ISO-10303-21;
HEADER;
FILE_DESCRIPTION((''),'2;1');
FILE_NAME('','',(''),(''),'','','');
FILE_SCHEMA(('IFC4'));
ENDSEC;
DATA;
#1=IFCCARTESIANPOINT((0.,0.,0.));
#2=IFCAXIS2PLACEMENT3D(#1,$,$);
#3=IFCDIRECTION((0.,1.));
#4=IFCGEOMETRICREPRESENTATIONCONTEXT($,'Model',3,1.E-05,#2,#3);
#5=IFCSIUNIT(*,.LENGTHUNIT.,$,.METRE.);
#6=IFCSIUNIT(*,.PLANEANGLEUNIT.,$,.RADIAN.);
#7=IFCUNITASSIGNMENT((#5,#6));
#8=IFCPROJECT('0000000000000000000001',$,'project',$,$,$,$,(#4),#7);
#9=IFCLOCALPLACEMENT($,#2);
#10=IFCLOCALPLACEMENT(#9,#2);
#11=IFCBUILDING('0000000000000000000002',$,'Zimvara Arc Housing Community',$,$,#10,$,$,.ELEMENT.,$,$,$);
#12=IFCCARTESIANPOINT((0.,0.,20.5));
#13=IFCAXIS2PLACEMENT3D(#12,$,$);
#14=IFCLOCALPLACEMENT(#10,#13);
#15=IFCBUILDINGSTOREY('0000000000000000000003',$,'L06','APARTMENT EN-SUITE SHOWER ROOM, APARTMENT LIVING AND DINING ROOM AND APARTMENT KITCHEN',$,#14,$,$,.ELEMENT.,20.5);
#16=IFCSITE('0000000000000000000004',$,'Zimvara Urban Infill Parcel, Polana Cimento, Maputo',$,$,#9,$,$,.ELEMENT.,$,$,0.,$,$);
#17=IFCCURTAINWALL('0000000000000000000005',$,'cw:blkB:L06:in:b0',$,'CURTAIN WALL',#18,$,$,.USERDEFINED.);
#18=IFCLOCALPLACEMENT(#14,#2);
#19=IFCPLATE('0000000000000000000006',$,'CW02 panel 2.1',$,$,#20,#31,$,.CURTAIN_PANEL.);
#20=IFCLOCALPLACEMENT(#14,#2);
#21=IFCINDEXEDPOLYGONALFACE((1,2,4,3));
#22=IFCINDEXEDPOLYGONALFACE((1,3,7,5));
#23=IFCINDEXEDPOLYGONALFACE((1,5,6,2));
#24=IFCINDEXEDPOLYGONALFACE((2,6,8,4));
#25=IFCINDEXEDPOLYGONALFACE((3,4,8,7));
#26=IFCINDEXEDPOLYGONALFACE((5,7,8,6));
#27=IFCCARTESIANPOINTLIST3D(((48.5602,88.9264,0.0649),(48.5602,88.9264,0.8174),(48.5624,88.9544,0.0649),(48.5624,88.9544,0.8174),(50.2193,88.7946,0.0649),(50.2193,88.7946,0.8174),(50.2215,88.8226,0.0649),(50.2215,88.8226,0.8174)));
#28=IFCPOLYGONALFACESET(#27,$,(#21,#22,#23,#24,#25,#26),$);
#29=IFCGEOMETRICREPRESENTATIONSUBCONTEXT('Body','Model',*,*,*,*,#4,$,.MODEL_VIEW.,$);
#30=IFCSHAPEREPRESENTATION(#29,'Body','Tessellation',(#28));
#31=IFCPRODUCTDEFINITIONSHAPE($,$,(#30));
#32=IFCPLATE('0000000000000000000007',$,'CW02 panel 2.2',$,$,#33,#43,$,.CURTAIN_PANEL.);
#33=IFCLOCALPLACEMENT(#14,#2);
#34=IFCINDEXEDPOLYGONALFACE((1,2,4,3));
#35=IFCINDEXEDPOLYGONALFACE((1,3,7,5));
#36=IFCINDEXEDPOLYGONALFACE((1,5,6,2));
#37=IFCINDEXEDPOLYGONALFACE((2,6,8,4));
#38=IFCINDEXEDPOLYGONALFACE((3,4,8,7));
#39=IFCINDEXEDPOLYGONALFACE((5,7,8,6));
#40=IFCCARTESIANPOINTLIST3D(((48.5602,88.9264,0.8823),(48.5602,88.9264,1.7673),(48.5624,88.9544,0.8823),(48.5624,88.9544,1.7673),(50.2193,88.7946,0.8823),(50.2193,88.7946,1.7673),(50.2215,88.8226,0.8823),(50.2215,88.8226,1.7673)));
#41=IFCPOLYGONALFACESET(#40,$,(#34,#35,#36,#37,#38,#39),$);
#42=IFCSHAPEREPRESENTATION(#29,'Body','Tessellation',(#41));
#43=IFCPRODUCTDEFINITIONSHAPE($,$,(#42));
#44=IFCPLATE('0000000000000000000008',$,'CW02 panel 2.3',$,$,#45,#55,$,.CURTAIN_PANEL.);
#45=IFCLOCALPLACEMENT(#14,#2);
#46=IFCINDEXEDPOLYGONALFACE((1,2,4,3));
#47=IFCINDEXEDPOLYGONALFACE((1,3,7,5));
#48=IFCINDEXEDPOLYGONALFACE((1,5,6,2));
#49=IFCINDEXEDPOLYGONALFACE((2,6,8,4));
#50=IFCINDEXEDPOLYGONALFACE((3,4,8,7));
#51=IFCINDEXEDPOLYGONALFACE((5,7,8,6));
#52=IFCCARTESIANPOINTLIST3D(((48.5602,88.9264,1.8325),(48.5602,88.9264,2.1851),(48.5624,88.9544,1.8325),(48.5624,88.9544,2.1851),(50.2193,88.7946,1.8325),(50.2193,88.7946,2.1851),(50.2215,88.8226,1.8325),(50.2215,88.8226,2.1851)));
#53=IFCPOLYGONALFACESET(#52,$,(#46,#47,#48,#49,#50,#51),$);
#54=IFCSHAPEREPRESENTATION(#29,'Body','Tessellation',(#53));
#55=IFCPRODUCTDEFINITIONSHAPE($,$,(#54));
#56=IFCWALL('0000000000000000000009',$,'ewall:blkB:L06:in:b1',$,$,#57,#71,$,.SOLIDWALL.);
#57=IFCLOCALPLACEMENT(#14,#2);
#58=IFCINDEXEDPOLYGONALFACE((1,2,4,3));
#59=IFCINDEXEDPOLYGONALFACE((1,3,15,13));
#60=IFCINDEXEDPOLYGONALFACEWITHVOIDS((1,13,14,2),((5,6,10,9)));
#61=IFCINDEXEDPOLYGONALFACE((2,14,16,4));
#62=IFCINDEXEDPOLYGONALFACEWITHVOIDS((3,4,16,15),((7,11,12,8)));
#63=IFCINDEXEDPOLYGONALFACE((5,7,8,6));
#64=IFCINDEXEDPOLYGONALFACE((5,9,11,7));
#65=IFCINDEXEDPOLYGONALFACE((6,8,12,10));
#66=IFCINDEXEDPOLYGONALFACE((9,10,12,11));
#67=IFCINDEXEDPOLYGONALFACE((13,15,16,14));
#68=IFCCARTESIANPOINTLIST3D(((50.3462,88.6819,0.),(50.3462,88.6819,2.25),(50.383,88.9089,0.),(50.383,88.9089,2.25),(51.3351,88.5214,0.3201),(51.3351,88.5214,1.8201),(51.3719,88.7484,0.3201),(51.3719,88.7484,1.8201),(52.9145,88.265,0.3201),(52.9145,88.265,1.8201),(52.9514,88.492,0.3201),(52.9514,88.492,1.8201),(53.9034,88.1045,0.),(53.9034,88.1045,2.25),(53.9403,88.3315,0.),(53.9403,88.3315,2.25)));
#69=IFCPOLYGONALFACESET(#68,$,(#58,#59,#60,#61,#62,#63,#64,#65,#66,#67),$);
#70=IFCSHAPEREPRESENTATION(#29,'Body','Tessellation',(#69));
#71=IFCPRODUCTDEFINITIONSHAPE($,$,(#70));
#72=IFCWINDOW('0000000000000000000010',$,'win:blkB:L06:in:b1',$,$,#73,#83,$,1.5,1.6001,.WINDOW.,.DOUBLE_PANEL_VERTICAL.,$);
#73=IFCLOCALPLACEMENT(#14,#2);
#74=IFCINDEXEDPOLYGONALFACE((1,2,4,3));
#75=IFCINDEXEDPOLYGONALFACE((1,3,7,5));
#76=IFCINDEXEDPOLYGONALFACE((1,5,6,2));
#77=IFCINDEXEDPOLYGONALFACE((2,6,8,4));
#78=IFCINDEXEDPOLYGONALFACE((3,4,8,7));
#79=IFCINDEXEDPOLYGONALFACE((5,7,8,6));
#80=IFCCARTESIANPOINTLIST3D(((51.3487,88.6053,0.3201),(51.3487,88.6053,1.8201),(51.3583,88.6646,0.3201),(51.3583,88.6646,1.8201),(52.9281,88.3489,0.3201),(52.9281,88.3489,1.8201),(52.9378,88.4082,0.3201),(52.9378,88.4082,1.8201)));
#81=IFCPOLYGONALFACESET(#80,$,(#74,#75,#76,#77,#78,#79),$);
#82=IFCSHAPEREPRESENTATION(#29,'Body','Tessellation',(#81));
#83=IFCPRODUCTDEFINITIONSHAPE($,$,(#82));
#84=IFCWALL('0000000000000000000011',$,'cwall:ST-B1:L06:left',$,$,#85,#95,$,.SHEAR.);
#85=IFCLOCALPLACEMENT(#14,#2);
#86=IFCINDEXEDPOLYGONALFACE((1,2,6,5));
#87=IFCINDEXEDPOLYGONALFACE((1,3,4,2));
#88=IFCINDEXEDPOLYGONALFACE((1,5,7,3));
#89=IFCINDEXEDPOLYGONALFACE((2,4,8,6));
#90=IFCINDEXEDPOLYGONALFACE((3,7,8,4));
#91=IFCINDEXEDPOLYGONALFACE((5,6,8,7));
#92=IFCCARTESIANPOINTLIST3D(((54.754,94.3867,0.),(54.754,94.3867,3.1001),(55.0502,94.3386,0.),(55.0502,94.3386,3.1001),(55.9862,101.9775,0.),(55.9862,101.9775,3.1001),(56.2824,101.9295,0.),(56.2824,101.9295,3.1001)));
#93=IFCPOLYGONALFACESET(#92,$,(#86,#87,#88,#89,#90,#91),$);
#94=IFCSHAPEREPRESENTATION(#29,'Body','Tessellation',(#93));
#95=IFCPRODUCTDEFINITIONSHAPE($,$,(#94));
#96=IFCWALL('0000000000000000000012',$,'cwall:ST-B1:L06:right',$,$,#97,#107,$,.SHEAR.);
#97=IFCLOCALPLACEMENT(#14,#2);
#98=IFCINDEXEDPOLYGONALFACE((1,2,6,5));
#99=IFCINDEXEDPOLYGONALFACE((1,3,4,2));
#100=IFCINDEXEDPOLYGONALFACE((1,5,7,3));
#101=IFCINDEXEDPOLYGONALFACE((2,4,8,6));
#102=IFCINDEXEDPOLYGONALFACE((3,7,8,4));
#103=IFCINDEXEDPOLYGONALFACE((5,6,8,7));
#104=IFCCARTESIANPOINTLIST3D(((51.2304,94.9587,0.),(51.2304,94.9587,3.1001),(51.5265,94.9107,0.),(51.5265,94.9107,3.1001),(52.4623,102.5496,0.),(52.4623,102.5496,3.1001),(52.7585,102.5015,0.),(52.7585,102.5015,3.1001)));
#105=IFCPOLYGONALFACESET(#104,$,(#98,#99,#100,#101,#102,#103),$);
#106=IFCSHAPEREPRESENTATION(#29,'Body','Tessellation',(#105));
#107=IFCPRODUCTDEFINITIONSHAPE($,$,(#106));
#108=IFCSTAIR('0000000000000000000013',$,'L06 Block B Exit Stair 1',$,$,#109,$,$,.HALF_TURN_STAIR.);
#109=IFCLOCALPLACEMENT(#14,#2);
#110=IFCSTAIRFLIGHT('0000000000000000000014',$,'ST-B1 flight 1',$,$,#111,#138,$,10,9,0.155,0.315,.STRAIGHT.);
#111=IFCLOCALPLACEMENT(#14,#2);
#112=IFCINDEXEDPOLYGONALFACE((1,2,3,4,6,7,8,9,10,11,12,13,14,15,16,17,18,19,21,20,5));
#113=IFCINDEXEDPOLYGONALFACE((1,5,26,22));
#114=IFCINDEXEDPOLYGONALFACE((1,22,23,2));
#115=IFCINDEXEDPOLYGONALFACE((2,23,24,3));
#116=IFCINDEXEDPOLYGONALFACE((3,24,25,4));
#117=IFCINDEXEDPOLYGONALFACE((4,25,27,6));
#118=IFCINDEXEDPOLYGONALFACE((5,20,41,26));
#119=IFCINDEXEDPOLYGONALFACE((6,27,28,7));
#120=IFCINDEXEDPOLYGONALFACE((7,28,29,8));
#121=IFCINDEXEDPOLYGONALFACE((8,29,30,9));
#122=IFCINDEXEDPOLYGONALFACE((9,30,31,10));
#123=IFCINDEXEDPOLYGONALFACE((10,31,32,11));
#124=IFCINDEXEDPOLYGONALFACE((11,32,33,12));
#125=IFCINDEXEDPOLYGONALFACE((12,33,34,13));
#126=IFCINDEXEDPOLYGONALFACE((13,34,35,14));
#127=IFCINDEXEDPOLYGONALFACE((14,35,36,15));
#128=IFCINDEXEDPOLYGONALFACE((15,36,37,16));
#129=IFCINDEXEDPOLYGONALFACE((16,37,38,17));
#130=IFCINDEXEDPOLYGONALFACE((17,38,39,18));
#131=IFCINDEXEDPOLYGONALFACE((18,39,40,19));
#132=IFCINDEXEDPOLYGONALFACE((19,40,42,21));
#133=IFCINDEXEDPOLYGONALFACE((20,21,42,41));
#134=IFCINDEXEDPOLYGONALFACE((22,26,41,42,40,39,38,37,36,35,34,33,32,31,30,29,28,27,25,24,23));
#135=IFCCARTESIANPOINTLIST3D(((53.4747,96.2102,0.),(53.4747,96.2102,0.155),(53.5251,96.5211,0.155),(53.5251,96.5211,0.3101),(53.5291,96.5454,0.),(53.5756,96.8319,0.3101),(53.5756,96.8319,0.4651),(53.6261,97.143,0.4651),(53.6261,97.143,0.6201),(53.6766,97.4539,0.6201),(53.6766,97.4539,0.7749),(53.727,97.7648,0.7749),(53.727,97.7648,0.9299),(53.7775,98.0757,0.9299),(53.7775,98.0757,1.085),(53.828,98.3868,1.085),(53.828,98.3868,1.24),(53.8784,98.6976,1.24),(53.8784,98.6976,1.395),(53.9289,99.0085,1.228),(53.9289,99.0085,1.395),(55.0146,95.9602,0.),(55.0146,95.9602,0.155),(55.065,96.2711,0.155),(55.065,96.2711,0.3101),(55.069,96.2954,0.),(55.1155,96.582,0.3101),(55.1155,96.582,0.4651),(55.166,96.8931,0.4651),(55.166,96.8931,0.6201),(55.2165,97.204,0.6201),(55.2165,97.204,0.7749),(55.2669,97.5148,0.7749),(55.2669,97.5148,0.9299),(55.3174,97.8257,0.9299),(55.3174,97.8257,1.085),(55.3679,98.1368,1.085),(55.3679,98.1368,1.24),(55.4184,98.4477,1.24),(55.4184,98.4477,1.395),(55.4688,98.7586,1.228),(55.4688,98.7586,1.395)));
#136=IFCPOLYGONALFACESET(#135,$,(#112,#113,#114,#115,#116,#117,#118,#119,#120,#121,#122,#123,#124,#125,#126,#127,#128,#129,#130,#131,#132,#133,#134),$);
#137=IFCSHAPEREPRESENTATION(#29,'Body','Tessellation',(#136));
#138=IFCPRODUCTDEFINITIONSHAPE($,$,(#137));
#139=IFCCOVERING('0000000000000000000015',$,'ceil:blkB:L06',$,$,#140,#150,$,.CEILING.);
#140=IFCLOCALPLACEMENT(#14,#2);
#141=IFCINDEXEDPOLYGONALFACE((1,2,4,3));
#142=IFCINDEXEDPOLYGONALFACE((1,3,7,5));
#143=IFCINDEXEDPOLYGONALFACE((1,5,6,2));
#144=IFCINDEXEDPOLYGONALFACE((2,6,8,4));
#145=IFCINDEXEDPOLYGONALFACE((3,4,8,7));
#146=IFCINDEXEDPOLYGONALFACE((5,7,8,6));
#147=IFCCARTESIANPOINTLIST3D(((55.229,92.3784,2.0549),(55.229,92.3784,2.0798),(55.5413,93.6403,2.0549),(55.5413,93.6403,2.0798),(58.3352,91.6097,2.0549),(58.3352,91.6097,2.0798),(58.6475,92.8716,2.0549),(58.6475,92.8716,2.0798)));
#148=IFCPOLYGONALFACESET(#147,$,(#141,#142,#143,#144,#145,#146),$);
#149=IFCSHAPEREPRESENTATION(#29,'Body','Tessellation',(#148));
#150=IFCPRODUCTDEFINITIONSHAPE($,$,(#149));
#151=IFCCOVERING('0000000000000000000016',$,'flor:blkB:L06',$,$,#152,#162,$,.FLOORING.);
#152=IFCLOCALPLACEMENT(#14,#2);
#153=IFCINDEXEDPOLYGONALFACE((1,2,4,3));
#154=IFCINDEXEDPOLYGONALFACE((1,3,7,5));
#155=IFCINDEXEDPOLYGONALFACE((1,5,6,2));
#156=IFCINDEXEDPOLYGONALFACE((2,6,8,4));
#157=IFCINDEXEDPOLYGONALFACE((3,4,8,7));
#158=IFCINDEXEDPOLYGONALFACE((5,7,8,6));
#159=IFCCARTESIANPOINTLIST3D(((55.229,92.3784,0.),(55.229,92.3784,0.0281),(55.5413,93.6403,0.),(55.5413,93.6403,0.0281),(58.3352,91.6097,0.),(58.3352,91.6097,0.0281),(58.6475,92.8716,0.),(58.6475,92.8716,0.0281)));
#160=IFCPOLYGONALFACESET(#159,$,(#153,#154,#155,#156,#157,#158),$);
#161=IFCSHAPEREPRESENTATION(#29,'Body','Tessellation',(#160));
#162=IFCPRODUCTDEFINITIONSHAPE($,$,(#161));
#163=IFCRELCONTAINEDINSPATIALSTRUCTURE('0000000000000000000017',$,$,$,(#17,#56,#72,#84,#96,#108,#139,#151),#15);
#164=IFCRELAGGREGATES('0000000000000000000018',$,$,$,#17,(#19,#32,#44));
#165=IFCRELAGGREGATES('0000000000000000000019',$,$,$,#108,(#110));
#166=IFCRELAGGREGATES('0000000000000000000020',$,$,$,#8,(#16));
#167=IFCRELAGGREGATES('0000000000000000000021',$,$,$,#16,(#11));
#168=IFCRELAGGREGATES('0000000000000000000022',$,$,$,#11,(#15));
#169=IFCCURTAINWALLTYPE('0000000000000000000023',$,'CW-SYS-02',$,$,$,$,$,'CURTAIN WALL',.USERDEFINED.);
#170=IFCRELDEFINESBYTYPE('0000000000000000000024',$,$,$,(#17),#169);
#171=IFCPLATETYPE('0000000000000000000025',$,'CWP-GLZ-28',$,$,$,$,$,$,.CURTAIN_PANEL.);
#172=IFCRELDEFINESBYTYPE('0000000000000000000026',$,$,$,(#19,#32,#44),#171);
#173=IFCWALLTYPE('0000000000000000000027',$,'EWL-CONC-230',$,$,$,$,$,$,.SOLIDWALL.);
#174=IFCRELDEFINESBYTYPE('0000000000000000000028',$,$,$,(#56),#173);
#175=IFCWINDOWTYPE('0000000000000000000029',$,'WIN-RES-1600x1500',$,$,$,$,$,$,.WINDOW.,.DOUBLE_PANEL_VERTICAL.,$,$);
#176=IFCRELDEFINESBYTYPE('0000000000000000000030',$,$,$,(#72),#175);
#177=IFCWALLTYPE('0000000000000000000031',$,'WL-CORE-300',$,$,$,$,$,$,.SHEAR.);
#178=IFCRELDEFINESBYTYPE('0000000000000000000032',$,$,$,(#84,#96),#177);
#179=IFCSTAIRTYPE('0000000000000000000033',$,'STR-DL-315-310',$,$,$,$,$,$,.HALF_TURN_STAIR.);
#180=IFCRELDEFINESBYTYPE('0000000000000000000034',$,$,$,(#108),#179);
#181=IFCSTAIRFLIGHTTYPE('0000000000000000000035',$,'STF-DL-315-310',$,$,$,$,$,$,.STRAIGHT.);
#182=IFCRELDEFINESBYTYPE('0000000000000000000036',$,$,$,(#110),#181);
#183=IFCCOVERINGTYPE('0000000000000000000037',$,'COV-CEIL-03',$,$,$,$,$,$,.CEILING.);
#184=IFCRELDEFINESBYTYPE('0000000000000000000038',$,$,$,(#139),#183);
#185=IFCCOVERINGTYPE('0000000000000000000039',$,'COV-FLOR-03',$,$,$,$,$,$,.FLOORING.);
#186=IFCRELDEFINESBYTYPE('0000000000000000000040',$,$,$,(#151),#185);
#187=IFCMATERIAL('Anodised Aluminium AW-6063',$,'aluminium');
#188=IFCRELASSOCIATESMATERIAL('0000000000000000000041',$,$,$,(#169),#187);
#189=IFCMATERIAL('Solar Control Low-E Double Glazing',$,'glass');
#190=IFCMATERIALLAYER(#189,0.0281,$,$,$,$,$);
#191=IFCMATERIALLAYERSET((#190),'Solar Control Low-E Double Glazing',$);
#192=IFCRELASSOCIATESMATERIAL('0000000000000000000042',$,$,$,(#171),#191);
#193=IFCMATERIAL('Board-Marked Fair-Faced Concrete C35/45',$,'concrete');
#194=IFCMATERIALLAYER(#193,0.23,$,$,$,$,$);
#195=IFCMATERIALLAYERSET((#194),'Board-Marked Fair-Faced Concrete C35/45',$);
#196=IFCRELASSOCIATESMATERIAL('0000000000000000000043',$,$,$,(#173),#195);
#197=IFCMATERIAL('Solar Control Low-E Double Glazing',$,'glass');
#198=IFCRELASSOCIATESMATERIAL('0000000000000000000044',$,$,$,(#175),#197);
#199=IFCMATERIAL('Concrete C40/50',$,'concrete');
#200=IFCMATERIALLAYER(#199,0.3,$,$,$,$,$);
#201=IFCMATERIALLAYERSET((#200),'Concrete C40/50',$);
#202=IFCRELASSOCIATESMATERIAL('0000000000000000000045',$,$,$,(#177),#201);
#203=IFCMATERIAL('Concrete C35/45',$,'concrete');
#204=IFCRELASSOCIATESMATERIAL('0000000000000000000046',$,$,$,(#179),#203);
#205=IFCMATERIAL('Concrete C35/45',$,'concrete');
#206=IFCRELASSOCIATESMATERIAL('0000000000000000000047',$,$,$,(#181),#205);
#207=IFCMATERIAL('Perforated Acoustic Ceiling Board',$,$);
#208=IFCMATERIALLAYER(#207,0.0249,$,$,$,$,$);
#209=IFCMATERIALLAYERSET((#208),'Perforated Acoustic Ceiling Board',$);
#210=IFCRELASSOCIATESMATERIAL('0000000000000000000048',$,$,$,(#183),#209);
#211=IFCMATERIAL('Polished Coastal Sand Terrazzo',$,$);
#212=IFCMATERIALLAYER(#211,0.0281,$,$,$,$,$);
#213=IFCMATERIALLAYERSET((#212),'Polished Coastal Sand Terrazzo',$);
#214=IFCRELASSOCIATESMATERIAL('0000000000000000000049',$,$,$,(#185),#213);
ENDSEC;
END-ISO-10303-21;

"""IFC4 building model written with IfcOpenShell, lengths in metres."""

from ifc_helpers import new_model, si_unit, direction, frame, frame_2d, origin, origin_2d, place, context, subcontext, project, spatial, polyline, rectangle, outline, extrude, material, layer, layer_set, type_object, element, fill, aggregate, save


model = new_model("IFC4")

# Units and contexts
model_context = context("Model", 3, precision=1e-05, world=origin(), true_north=direction((0.0, 1.0)))
body_context = subcontext(model_context, "Body", "Model", "MODEL_VIEW")
ifc_project = project(units=[si_unit("LENGTHUNIT", "METRE"), si_unit("PLANEANGLEUNIT", "RADIAN")], contexts=[model_context])

# Site, building, storey
site_placement = place(None, origin())
site = spatial("IfcSite", under=ifc_project, at=site_placement, Name="Zimvara Urban Infill Parcel, Polana Cimento, Maputo", CompositionType="ELEMENT", RefElevation=0.0)
building_placement = place(site_placement, origin())
building = spatial("IfcBuilding", under=site, at=building_placement, Name="Zimvara Arc Housing Community", CompositionType="ELEMENT")
storey_placement = place(building_placement, frame((0.0, 0.0, 20.5)))
storey = spatial("IfcBuildingStorey", under=building, at=storey_placement, Name="L06", Description="APARTMENT EN-SUITE SHOWER ROOM, APARTMENT LIVING AND DINING ROOM AND APARTMENT KITCHEN", CompositionType="ELEMENT", Elevation=20.5)

# Curtain wall, plates
ifc_material_1 = material(Name="Anodised Aluminium AW-6063", Category="aluminium")
curtain_wall_type = type_object("IfcCurtainWallType", Name="CW-SYS-02", ElementType="CURTAIN WALL", PredefinedType="USERDEFINED", material=ifc_material_1)
curtain_wall_placement = place(storey_placement, origin())
curtain_wall = element("IfcCurtainWall", 1, at=curtain_wall_placement, inside=storey, type_object=curtain_wall_type, Name="cw:blkB:L06:in:b0", ObjectType="CURTAIN WALL", PredefinedType="USERDEFINED")
ifc_material_2 = material(Name="Solar Control Low-E Double Glazing", Category="glass")
ifc_layer_1 = layer(ifc_material_2, 0.0281)
ifc_layer_set_1 = layer_set([ifc_layer_1], Name="Solar Control Low-E Double Glazing")
plate_type = type_object("IfcPlateType", Name="CWP-GLZ-28", PredefinedType="CURTAIN_PANEL", material=ifc_layer_set_1)
plate_1_placement = place(storey_placement, frame((49.3909, 88.8745, 0.0649), z_axis=(0.0, 0.0, 1.0), x_axis=(0.996862, -0.079155, 0.0)))
plate_1 = element("IfcPlate", 2, at=plate_1_placement, type_object=plate_type, Name="CW02 panel 2.1", PredefinedType="CURTAIN_PANEL", context=body_context, shape_type="SweptSolid", body=[
    extrude(rectangle(XDim=1.6643, YDim=0.0281, at=origin_2d()), origin(), (0.0, 0.0, 1.0), 0.7524),
])
plate_2_placement = place(storey_placement, frame((49.3909, 88.8745, 0.8823), z_axis=(0.0, 0.0, 1.0), x_axis=(0.996862, -0.079155, 0.0)))
plate_2 = element("IfcPlate", 3, at=plate_2_placement, type_object=plate_type, Name="CW02 panel 2.2", PredefinedType="CURTAIN_PANEL", context=body_context, shape_type="SweptSolid", body=[
    extrude(rectangle(XDim=1.6643, YDim=0.0281, at=origin_2d()), origin(), (0.0, 0.0, 1.0), 0.885),
])
plate_3_placement = place(storey_placement, frame((49.3909, 88.8745, 1.8325), z_axis=(0.0, 0.0, 1.0), x_axis=(0.996862, -0.079155, 0.0)))
plate_3 = element("IfcPlate", 4, at=plate_3_placement, type_object=plate_type, Name="CW02 panel 2.3", PredefinedType="CURTAIN_PANEL", context=body_context, shape_type="SweptSolid", body=[
    extrude(rectangle(XDim=1.6643, YDim=0.0281, at=origin_2d()), origin(), (0.0, 0.0, 1.0), 0.3525),
])
aggregate(curtain_wall, [plate_1, plate_2, plate_3])

# Wall, opening, window
ifc_material_3 = material(Name="Board-Marked Fair-Faced Concrete C35/45", Category="concrete")
ifc_layer_2 = layer(ifc_material_3, 0.23)
ifc_layer_set_2 = layer_set([ifc_layer_2], Name="Board-Marked Fair-Faced Concrete C35/45")
wall_type_1 = type_object("IfcWallType", Name="EWL-CONC-230", PredefinedType="SOLIDWALL", material=ifc_layer_set_2)
wall_1_placement = place(storey_placement, frame((50.3647, 88.7954, 0.0), z_axis=(0.0, 0.0, 1.0), x_axis=(0.987081, -0.160223, 0.0)))
wall_1 = element("IfcWall", 5, at=wall_1_placement, inside=storey, type_object=wall_type_1, Name="ewall:blkB:L06:in:b1", PredefinedType="SOLIDWALL", context=body_context, shape_type="SweptSolid", body=[
    extrude(rectangle(XDim=3.6038, YDim=0.23, at=frame_2d((1.8018, 0.0))), origin(), (0.0, 0.0, 1.0), 2.25),
])
opening_1_placement = place(wall_1_placement, frame((1.0017, 0.0, 0.3201)))
opening_1 = element("IfcOpeningElement", 6, at=opening_1_placement, cuts=wall_1, PredefinedType="OPENING", context=body_context, shape_type="SweptSolid", body=[
    extrude(rectangle(XDim=1.6001, YDim=1.5, at=frame_2d((0.8, 0.75))), frame((0.0, 0.125, 0.0), z_axis=(0.0, -1.0, 0.0), x_axis=(1.0, 0.0, 0.0)), (0.0, 0.0, 1.0), 0.25),
])
ifc_material_4 = material(Name="Solar Control Low-E Double Glazing", Category="glass")
window_type = type_object("IfcWindowType", Name="WIN-RES-1600x1500", PartitioningType="DOUBLE_PANEL_VERTICAL", PredefinedType="WINDOW", material=ifc_material_4)
window_placement = place(opening_1_placement, origin())
window = element("IfcWindow", 7, at=window_placement, inside=storey, type_object=window_type, Name="win:blkB:L06:in:b1", OverallHeight=1.5, OverallWidth=1.6001, PartitioningType="DOUBLE_PANEL_VERTICAL", PredefinedType="WINDOW", context=body_context, shape_type="SweptSolid", body=[
    extrude(rectangle(XDim=1.6001, YDim=1.5, at=frame_2d((0.8, 0.75))), frame((0.0, 0.03, 0.0), z_axis=(0.0, -1.0, 0.0), x_axis=(1.0, 0.0, 0.0)), (0.0, 0.0, 1.0), 0.0601),
])
fill(opening_1, window)

# Shared definitions
ifc_material_5 = material(Name="Concrete C40/50", Category="concrete")
ifc_layer_3 = layer(ifc_material_5, 0.3)
ifc_layer_set_3 = layer_set([ifc_layer_3], Name="Concrete C40/50")
wall_type_2 = type_object("IfcWallType", Name="WL-CORE-300", PredefinedType="SHEAR", material=ifc_layer_set_3)

# Walls
for number, where, z_axis, x_axis, name in (
    (8, (54.9021, 94.3625, 0.0), (0.0, 0.0, 1.0), (0.160227, 0.98708, 0.0), "cwall:ST-B1:L06:left"),
    (9, (51.3784, 94.9346, 0.0), (0.0, 0.0, 1.0), (0.160197, 0.987085, 0.0), "cwall:ST-B1:L06:right"),
):
    element("IfcWall", number, at=place(storey_placement, frame(where, z_axis=z_axis, x_axis=x_axis)), inside=storey, type_object=wall_type_2, Name=name, PredefinedType="SHEAR", context=body_context, shape_type="SweptSolid", body=[
        extrude(rectangle(XDim=7.6902, YDim=0.3, at=frame_2d((3.8452, 0.0))), origin(), (0.0, 0.0, 1.0), 3.1001),
    ])

# Stair, stair flight
ifc_material_6 = material(Name="Concrete C35/45", Category="concrete")
stair_type = type_object("IfcStairType", Name="STR-DL-315-310", PredefinedType="HALF_TURN_STAIR", material=ifc_material_6)
stair_placement = place(storey_placement, origin())
stair = element("IfcStair", 10, at=stair_placement, inside=storey, type_object=stair_type, Name="L06 Block B Exit Stair 1", PredefinedType="HALF_TURN_STAIR")
ifc_material_7 = material(Name="Concrete C35/45", Category="concrete")
stair_flight_type = type_object("IfcStairFlightType", Name="STF-DL-315-310", PredefinedType="STRAIGHT", material=ifc_material_7)
stair_flight_placement = place(storey_placement, frame((54.2446, 96.0852, 0.0), z_axis=(0.0, 0.0, 1.0), x_axis=(0.160226, 0.98708, 0.0)))
stair_flight = element("IfcStairFlight", 11, at=stair_flight_placement, type_object=stair_flight_type, Name="ST-B1 flight 1", NumberOfRisers=10, NumberOfTreads=9, PredefinedType="STRAIGHT", RiserHeight=0.155, TreadLength=0.315, context=body_context, shape_type="SweptSolid", body=[
    extrude(outline(polyline([(0.0, 0.0), (0.0, 0.155), (0.3149, 0.155), (0.3149, 0.3101), (0.6299, 0.3101), (0.6299, 0.4651), (0.9451, 0.4651), (0.9451, 0.6201), (1.26, 0.6201), (1.26, 0.7749), (1.575, 0.7749), (1.575, 0.9299), (1.8899, 0.9299), (1.8899, 1.085), (2.2051, 1.085), (2.2051, 1.24), (2.52, 1.24), (2.52, 1.395), (2.835, 1.395), (2.835, 1.55), (2.835, 1.228), (0.3396, 0.0), (0.0, 0.0)])), frame((0.0, 0.78, 0.0), z_axis=(0.0, -1.0, 0.0), x_axis=(1.0, 0.0, 0.0)), (0.0, 0.0, 1.0), 1.5601),
])
aggregate(stair, [stair_flight])

# Coverings
ifc_material_8 = material(Name="Perforated Acoustic Ceiling Board")
ifc_layer_4 = layer(ifc_material_8, 0.0249)
ifc_layer_set_4 = layer_set([ifc_layer_4], Name="Perforated Acoustic Ceiling Board")
covering_type_1 = type_object("IfcCoveringType", Name="COV-CEIL-03", PredefinedType="CEILING", material=ifc_layer_set_4)
covering_1_placement = place(storey_placement, frame((56.9382, 92.625, 2.0549), z_axis=(0.0, 0.0, 1.0), x_axis=(0.240228, 0.970716, 0.0)))
element("IfcCovering", 12, at=covering_1_placement, inside=storey, type_object=covering_type_1, Name="ceil:blkB:L06", PredefinedType="CEILING", context=body_context, shape_type="SweptSolid", body=[
    extrude(rectangle(XDim=1.3, YDim=3.2, at=origin_2d()), origin(), (0.0, 0.0, 1.0), 0.0249),
])
ifc_material_9 = material(Name="Polished Coastal Sand Terrazzo")
ifc_layer_5 = layer(ifc_material_9, 0.0281)
ifc_layer_set_5 = layer_set([ifc_layer_5], Name="Polished Coastal Sand Terrazzo")
covering_type_2 = type_object("IfcCoveringType", Name="COV-FLOR-03", PredefinedType="FLOORING", material=ifc_layer_set_5)
covering_2_placement = place(storey_placement, frame((56.9382, 92.625, 0.0), z_axis=(0.0, 0.0, 1.0), x_axis=(0.240228, 0.970716, 0.0)))
element("IfcCovering", 13, at=covering_2_placement, inside=storey, type_object=covering_type_2, Name="flor:blkB:L06", PredefinedType="FLOORING", context=body_context, shape_type="SweptSolid", body=[
    extrude(rectangle(XDim=1.3, YDim=3.2, at=origin_2d()), origin(), (0.0, 0.0, 1.0), 0.0281),
])

save(model, "model.ifc")
